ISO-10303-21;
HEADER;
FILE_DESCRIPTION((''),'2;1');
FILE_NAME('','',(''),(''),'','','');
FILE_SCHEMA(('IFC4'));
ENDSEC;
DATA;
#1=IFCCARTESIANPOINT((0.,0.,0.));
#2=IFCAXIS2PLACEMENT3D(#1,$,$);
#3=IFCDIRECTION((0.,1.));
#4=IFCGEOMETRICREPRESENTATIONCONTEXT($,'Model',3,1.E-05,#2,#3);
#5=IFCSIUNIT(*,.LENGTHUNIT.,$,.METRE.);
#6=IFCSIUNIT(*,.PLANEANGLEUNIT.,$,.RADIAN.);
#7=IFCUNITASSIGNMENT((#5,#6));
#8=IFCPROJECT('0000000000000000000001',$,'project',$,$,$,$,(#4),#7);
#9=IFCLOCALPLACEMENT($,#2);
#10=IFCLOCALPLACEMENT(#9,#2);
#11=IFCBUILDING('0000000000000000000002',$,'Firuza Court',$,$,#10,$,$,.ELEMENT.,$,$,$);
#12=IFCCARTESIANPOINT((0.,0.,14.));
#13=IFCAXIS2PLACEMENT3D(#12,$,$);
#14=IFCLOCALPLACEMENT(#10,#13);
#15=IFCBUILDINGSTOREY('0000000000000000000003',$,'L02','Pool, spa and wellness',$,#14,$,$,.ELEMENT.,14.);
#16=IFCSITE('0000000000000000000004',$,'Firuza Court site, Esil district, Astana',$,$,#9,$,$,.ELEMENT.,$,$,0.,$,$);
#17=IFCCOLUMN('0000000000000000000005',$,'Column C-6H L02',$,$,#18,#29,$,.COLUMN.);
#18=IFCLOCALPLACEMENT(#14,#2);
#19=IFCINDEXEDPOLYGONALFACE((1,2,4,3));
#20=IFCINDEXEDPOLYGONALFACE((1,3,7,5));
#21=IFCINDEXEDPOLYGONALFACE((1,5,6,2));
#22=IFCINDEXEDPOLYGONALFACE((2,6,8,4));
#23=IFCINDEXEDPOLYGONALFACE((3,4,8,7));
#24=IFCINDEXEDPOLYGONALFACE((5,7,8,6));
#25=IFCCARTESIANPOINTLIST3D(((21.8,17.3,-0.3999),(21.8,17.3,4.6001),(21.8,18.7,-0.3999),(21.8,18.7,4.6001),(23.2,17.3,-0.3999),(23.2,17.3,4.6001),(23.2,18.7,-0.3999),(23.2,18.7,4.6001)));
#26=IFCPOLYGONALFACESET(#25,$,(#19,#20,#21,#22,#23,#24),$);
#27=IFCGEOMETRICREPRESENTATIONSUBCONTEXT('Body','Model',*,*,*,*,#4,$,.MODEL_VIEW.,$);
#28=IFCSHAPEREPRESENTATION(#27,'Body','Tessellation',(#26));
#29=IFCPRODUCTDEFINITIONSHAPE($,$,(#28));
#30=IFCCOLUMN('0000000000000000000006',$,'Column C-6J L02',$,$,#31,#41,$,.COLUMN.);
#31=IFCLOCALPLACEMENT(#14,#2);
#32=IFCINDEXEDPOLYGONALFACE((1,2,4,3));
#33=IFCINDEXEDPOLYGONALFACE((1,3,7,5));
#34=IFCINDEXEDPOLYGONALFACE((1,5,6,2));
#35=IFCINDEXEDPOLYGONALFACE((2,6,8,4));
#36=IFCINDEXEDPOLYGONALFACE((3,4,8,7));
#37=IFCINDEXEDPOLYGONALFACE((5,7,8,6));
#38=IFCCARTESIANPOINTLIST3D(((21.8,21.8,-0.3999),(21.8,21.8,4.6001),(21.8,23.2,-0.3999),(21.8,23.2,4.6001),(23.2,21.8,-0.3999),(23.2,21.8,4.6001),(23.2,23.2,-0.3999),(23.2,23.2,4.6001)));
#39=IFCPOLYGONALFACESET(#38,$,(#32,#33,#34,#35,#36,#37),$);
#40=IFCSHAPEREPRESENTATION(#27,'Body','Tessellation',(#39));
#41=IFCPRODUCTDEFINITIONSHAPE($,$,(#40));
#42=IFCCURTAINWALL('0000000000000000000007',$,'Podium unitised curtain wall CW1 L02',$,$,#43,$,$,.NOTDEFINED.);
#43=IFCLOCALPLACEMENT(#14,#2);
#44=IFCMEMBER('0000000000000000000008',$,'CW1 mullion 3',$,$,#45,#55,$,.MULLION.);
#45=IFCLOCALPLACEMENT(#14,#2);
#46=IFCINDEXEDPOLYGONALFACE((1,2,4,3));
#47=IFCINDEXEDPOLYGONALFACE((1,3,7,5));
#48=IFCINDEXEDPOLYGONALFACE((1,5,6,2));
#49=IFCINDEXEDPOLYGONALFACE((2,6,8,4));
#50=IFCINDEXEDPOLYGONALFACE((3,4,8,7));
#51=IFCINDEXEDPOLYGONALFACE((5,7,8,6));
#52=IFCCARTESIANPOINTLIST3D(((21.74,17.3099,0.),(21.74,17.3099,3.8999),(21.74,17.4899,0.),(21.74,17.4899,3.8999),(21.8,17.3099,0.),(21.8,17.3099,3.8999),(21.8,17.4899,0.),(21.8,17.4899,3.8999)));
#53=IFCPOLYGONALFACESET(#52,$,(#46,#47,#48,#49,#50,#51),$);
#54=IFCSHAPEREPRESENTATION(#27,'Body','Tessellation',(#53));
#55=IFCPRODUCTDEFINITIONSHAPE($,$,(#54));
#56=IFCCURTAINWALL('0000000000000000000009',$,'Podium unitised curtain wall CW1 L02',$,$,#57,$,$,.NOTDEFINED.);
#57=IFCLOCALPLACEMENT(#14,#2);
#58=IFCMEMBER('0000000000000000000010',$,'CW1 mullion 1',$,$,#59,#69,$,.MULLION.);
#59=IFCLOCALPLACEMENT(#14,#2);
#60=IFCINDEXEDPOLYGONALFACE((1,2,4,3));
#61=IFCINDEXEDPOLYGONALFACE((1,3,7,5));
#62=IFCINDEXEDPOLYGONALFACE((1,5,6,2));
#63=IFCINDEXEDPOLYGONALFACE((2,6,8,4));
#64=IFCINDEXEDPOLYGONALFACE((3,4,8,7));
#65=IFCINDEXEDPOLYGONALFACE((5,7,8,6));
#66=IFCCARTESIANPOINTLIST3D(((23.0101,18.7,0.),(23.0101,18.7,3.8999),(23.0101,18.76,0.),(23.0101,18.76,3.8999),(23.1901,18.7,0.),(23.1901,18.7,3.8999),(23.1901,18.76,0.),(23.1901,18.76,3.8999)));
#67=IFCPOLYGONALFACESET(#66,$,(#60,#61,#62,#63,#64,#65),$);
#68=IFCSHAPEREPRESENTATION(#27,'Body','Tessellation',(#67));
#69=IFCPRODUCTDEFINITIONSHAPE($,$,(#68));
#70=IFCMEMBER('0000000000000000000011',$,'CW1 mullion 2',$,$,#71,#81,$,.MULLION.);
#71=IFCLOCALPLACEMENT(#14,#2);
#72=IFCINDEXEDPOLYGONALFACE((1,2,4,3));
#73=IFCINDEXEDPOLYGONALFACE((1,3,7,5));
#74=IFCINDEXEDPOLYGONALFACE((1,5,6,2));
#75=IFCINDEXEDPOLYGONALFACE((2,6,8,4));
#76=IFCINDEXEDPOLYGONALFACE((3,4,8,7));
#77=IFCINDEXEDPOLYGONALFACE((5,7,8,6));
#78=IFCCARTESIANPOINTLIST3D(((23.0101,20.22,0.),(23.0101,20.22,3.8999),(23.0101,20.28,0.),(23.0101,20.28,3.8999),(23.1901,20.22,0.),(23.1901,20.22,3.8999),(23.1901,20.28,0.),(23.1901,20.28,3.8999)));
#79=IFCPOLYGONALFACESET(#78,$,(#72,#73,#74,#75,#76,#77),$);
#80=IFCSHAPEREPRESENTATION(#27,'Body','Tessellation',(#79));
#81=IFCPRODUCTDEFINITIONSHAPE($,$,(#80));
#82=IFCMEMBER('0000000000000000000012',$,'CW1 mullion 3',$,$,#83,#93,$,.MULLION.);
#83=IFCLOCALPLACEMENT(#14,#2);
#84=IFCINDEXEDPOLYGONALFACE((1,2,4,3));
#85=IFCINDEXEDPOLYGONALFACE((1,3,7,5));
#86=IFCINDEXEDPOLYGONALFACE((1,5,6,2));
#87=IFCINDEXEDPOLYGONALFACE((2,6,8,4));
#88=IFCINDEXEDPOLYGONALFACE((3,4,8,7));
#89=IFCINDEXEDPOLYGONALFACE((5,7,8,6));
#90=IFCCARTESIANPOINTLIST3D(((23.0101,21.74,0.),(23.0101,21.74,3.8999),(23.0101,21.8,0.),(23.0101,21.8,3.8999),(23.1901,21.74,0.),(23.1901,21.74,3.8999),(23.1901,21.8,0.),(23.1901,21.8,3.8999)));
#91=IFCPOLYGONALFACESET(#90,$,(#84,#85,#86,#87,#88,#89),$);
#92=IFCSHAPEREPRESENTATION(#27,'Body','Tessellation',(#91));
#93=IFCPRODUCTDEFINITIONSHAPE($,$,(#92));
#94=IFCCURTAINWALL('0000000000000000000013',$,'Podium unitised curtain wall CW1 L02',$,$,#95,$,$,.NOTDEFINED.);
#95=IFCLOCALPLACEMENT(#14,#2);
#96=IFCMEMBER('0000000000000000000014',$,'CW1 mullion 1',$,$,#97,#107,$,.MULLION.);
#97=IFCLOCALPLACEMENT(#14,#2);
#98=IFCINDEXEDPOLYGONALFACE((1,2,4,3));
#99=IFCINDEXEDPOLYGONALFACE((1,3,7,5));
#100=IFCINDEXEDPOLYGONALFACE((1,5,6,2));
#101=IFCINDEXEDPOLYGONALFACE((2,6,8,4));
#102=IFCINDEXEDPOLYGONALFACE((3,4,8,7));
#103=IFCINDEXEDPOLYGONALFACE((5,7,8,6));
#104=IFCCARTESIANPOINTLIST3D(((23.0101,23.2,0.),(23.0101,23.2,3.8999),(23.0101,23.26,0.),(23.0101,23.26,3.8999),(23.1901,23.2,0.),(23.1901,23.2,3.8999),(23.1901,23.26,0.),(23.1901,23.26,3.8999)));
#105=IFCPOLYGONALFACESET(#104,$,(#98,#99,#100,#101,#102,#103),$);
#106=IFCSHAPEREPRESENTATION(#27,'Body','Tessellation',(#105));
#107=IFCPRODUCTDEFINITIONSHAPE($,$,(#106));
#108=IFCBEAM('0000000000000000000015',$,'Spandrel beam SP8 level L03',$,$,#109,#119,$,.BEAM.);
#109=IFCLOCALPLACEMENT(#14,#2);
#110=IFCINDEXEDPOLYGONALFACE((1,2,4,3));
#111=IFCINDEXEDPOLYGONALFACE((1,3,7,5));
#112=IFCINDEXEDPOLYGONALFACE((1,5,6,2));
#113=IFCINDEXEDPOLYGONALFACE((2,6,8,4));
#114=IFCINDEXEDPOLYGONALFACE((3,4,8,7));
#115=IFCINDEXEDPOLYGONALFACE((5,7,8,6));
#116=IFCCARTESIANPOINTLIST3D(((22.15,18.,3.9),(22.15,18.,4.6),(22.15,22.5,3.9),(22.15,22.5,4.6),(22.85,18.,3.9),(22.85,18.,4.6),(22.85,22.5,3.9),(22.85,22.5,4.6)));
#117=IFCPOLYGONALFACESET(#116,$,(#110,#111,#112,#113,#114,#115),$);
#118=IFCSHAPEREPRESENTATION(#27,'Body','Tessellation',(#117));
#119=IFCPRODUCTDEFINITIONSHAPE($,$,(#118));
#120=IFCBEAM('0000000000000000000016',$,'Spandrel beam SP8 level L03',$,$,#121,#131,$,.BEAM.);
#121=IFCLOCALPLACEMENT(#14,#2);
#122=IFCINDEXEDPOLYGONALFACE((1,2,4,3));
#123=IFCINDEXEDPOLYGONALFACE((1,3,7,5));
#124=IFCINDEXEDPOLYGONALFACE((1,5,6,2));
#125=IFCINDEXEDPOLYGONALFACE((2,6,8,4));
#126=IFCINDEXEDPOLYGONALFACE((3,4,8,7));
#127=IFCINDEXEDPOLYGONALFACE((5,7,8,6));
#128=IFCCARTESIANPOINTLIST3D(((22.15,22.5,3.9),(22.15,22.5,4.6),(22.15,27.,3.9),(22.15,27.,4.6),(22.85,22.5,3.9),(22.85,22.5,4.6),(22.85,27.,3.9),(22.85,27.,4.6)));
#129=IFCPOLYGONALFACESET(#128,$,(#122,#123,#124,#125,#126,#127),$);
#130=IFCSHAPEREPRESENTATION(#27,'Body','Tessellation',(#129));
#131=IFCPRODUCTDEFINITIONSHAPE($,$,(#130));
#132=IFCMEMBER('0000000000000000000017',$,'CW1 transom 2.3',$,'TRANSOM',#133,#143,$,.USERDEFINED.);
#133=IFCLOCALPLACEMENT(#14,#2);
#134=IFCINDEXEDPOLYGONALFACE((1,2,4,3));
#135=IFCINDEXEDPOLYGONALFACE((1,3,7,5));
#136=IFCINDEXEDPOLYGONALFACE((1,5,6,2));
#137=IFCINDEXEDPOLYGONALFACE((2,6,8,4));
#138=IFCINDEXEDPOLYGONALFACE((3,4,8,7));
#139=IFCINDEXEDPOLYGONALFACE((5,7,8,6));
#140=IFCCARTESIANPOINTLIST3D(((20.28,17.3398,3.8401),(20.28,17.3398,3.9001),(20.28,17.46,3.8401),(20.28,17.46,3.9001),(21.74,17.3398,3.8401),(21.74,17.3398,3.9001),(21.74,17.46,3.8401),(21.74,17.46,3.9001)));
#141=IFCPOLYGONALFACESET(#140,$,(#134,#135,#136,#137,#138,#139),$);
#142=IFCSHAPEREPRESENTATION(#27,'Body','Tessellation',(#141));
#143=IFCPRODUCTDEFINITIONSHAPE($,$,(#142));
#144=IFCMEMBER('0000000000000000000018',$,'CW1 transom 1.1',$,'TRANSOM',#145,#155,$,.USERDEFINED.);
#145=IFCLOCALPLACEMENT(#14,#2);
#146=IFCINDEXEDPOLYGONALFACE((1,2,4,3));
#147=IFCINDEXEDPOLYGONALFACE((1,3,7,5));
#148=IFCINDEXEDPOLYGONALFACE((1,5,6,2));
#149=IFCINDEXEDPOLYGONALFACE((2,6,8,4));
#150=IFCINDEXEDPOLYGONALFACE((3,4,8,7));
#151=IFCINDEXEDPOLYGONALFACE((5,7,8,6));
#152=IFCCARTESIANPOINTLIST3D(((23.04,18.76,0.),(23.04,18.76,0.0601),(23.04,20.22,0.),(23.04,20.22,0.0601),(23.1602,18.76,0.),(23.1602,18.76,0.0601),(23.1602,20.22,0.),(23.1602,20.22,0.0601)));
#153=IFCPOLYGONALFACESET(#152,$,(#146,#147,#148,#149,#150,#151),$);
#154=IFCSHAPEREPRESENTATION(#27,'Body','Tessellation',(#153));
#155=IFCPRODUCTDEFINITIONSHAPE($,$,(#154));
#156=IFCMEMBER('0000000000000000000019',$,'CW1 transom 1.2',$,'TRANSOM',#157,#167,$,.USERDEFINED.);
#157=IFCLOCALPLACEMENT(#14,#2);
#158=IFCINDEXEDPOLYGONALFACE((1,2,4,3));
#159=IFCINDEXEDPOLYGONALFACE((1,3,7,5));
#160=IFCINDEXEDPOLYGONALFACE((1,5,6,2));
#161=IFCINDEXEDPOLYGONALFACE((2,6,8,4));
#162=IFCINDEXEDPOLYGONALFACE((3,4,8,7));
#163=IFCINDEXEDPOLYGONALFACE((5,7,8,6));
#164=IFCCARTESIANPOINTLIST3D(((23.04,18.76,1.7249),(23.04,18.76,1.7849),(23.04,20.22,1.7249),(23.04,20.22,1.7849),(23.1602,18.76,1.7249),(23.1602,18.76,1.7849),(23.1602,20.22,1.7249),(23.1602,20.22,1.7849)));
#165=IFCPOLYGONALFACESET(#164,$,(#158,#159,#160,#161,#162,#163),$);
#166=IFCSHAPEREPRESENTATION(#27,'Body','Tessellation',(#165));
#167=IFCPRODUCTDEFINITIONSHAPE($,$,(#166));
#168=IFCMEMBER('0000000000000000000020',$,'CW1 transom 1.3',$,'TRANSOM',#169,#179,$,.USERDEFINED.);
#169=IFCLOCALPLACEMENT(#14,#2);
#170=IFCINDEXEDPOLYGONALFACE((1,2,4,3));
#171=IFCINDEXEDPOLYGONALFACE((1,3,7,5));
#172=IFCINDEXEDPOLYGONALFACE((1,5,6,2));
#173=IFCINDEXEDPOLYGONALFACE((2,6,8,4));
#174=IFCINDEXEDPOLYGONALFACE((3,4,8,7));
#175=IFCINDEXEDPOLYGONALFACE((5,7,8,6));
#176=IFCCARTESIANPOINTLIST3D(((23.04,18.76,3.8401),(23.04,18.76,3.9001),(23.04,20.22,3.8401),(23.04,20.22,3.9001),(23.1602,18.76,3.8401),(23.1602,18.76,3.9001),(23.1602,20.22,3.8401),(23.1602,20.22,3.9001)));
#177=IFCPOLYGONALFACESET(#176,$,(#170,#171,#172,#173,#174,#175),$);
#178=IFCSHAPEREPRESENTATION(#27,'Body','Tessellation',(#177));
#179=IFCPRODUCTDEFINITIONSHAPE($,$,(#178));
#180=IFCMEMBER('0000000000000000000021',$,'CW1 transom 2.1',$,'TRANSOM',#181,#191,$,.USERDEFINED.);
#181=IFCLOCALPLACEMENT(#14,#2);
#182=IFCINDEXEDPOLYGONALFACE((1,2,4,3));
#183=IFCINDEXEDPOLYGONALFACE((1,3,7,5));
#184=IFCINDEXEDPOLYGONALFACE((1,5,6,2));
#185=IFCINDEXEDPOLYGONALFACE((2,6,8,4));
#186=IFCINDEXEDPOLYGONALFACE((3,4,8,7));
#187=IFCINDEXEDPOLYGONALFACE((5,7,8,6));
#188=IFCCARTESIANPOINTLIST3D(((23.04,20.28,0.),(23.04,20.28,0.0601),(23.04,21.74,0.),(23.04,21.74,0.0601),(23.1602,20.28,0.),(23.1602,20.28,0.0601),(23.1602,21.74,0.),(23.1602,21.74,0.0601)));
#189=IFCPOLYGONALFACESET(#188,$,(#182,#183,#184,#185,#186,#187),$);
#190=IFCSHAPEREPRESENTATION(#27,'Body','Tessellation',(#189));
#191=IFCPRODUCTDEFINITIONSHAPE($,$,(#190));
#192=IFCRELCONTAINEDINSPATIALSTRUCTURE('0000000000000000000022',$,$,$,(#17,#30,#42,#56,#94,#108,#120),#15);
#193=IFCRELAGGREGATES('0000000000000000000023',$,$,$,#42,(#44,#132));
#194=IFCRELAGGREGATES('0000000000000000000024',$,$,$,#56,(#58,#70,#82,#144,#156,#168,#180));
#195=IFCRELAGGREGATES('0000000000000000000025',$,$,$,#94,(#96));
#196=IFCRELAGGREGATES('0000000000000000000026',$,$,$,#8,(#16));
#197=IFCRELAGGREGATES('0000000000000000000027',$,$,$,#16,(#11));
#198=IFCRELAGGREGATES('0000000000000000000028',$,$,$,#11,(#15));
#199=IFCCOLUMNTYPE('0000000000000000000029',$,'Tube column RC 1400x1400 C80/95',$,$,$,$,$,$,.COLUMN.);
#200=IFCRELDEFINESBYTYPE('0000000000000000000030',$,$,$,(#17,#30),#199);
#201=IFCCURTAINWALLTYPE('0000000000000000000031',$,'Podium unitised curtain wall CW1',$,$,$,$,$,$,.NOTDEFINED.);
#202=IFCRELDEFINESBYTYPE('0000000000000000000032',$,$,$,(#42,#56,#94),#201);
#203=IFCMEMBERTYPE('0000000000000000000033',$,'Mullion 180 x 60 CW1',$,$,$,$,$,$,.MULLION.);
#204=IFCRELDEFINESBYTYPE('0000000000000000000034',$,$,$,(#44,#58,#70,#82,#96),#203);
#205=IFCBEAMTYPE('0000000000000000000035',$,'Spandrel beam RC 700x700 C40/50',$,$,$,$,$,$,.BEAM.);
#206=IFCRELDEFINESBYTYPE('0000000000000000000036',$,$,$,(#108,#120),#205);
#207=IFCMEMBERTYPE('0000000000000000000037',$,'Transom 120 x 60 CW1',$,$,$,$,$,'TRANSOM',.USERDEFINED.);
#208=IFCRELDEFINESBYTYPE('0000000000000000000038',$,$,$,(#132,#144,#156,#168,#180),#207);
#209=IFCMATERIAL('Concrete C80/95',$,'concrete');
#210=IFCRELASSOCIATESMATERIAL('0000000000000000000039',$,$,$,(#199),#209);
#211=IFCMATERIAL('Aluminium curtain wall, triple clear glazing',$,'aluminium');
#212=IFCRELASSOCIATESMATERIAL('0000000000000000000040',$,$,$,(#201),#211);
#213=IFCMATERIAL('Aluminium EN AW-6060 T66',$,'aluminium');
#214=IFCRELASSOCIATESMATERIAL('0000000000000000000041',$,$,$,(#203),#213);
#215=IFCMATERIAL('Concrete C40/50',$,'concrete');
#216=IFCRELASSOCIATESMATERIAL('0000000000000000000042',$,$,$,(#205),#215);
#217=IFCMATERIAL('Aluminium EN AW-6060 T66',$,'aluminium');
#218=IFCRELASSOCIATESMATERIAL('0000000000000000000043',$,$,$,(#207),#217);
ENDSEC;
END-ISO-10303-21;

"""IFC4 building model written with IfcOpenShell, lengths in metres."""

from ifc_helpers import new_model, si_unit, direction, frame, origin, origin_2d, place, context, subcontext, project, spatial, rectangle, extrude, material, material_profile, profile_set, type_object, element, aggregate, save


model = new_model("IFC4")

# Units and contexts
model_context = context("Model", 3, precision=1e-05, world=origin(), true_north=direction((0.0, 1.0)))
body_context = subcontext(model_context, "Body", "Model", "MODEL_VIEW")
ifc_project = project(units=[si_unit("LENGTHUNIT", "METRE"), si_unit("PLANEANGLEUNIT", "RADIAN")], contexts=[model_context])

# Site, building, storey
site_placement = place(None, origin())
site = spatial("IfcSite", under=ifc_project, at=site_placement, Name="Firuza Court site, Esil district, Astana", CompositionType="ELEMENT", RefElevation=0.0)
building_placement = place(site_placement, origin())
building = spatial("IfcBuilding", under=site, at=building_placement, Name="Firuza Court", CompositionType="ELEMENT")
storey_placement = place(building_placement, frame((0.0, 0.0, 14.0)))
storey = spatial("IfcBuildingStorey", under=building, at=storey_placement, Name="L02", Description="Pool, spa and wellness", CompositionType="ELEMENT", Elevation=14.0)

# Columns
ifc_material_1 = material(Name="Concrete C80/95", Category="concrete")
ifc_material_profile_1 = material_profile(ifc_material_1, rectangle(XDim=1.3999, YDim=1.3999, at=origin_2d()), Name="RC 1400x1400")
ifc_profile_set_1 = profile_set([ifc_material_profile_1], Name="Concrete C80/95")
column_type = type_object("IfcColumnType", Name="Tube column RC 1400x1400 C80/95", PredefinedType="COLUMN", material=ifc_profile_set_1)
for number, where, z_axis, x_axis, name in (
    (1, (22.5, 18.0, -0.3999), (0.0, 0.0, 1.0), (1.0, 0.0, 0.0), "Column C-6H L02"),
    (2, (22.5, 22.5, -0.3999), (0.0, 0.0, 1.0), (1.0, 0.0, 0.0), "Column C-6J L02"),
):
    element("IfcColumn", number, at=place(storey_placement, frame(where, z_axis=z_axis, x_axis=x_axis)), inside=storey, type_object=column_type, Name=name, PredefinedType="COLUMN", context=body_context, shape_type="SweptSolid", body=[
        extrude(rectangle(XDim=1.3999, YDim=1.3999, at=origin_2d()), origin(), (0.0, 0.0, 1.0), 5.0),
    ])

# Curtain wall, member
ifc_material_2 = material(Name="Aluminium curtain wall, triple clear glazing", Category="aluminium")
curtain_wall_type = type_object("IfcCurtainWallType", Name="Podium unitised curtain wall CW1", PredefinedType="NOTDEFINED", material=ifc_material_2)
curtain_wall_1_placement = place(storey_placement, origin())
curtain_wall_1 = element("IfcCurtainWall", 3, at=curtain_wall_1_placement, inside=storey, type_object=curtain_wall_type, Name="Podium unitised curtain wall CW1 L02", PredefinedType="NOTDEFINED")
ifc_material_3 = material(Name="Aluminium EN AW-6060 T66", Category="aluminium")
ifc_material_profile_2 = material_profile(ifc_material_3, rectangle(XDim=0.1799, YDim=0.0601, at=origin_2d()), Name="Mullion 180 x 60 CW1")
ifc_profile_set_2 = profile_set([ifc_material_profile_2], Name="Aluminium EN AW-6060 T66")
member_type_1 = type_object("IfcMemberType", Name="Mullion 180 x 60 CW1", PredefinedType="MULLION", material=ifc_profile_set_2)
member_1_placement = place(storey_placement, frame((21.77, 17.3999, 0.0), z_axis=(0.0, 0.0, 1.0), x_axis=(0.0, 1.0, 0.0)))
member_1 = element("IfcMember", 4, at=member_1_placement, type_object=member_type_1, Name="CW1 mullion 3", PredefinedType="MULLION", context=body_context, shape_type="SweptSolid", body=[
    extrude(rectangle(XDim=0.1799, YDim=0.0601, at=origin_2d()), origin(), (0.0, 0.0, 1.0), 3.8999),
])

# Curtain wall, members
curtain_wall_2_placement = place(storey_placement, origin())
curtain_wall_2 = element("IfcCurtainWall", 5, at=curtain_wall_2_placement, inside=storey, type_object=curtain_wall_type, Name="Podium unitised curtain wall CW1 L02", PredefinedType="NOTDEFINED")
member_2_placement = place(storey_placement, frame((23.1001, 18.73, 0.0), z_axis=(0.0, 0.0, 1.0), x_axis=(-1.0, 0.0, 0.0)))
member_2 = element("IfcMember", 6, at=member_2_placement, type_object=member_type_1, Name="CW1 mullion 1", PredefinedType="MULLION", context=body_context, shape_type="SweptSolid", body=[
    extrude(rectangle(XDim=0.1799, YDim=0.0601, at=origin_2d()), origin(), (0.0, 0.0, 1.0), 3.8999),
])
member_3_placement = place(storey_placement, frame((23.1001, 20.25, 0.0), z_axis=(0.0, 0.0, 1.0), x_axis=(-1.0, 0.0, 0.0)))
member_3 = element("IfcMember", 7, at=member_3_placement, type_object=member_type_1, Name="CW1 mullion 2", PredefinedType="MULLION", context=body_context, shape_type="SweptSolid", body=[
    extrude(rectangle(XDim=0.1799, YDim=0.0601, at=origin_2d()), origin(), (0.0, 0.0, 1.0), 3.8999),
])
member_4_placement = place(storey_placement, frame((23.1001, 21.77, 0.0), z_axis=(0.0, 0.0, 1.0), x_axis=(-1.0, 0.0, 0.0)))
member_4 = element("IfcMember", 8, at=member_4_placement, type_object=member_type_1, Name="CW1 mullion 3", PredefinedType="MULLION", context=body_context, shape_type="SweptSolid", body=[
    extrude(rectangle(XDim=0.1799, YDim=0.0601, at=origin_2d()), origin(), (0.0, 0.0, 1.0), 3.8999),
])

# Curtain wall, member
curtain_wall_3_placement = place(storey_placement, origin())
curtain_wall_3 = element("IfcCurtainWall", 9, at=curtain_wall_3_placement, inside=storey, type_object=curtain_wall_type, Name="Podium unitised curtain wall CW1 L02", PredefinedType="NOTDEFINED")
member_5_placement = place(storey_placement, frame((23.1001, 23.23, 0.0), z_axis=(0.0, 0.0, 1.0), x_axis=(-1.0, 0.0, 0.0)))
member_5 = element("IfcMember", 10, at=member_5_placement, type_object=member_type_1, Name="CW1 mullion 1", PredefinedType="MULLION", context=body_context, shape_type="SweptSolid", body=[
    extrude(rectangle(XDim=0.1799, YDim=0.0601, at=origin_2d()), origin(), (0.0, 0.0, 1.0), 3.8999),
])

# Beams
ifc_material_4 = material(Name="Concrete C40/50", Category="concrete")
ifc_material_profile_3 = material_profile(ifc_material_4, rectangle(XDim=0.7, YDim=0.7, at=origin_2d()), Name="RC 700x700")
ifc_profile_set_3 = profile_set([ifc_material_profile_3], Name="Concrete C40/50")
beam_type = type_object("IfcBeamType", Name="Spandrel beam RC 700x700 C40/50", PredefinedType="BEAM", material=ifc_profile_set_3)
for number, where, z_axis, x_axis, name in (
    (11, (22.5, 18.0, 4.25), (0.0, 1.0, 0.0), (-1.0, 0.0, 0.0), "Spandrel beam SP8 level L03"),
    (12, (22.5, 22.5, 4.25), (0.0, 1.0, 0.0), (-1.0, 0.0, 0.0), "Spandrel beam SP8 level L03"),
):
    element("IfcBeam", number, at=place(storey_placement, frame(where, z_axis=z_axis, x_axis=x_axis)), inside=storey, type_object=beam_type, Name=name, PredefinedType="BEAM", context=body_context, shape_type="SweptSolid", body=[
        extrude(rectangle(XDim=0.7, YDim=0.7, at=origin_2d()), origin(), (0.0, 0.0, 1.0), 4.5),
    ])

# Members
ifc_material_5 = material(Name="Aluminium EN AW-6060 T66", Category="aluminium")
ifc_material_profile_4 = material_profile(ifc_material_5, rectangle(XDim=0.1201, YDim=0.0601, at=origin_2d()), Name="Transom 120 x 60 CW1")
ifc_profile_set_4 = profile_set([ifc_material_profile_4], Name="Aluminium EN AW-6060 T66")
member_type_2 = type_object("IfcMemberType", Name="Transom 120 x 60 CW1", ElementType="TRANSOM", PredefinedType="USERDEFINED", material=ifc_profile_set_4)
member_6_placement = place(storey_placement, frame((20.28, 17.3999, 3.8701), z_axis=(1.0, 0.0, 0.0), x_axis=(0.0, 1.0, 0.0)))
member_6 = element("IfcMember", 13, at=member_6_placement, type_object=member_type_2, Name="CW1 transom 2.3", ObjectType="TRANSOM", PredefinedType="USERDEFINED", context=body_context, shape_type="SweptSolid", body=[
    extrude(rectangle(XDim=0.1201, YDim=0.0601, at=origin_2d()), origin(), (0.0, 0.0, 1.0), 1.46),
])
member_7_placement = place(storey_placement, frame((23.1001, 18.76, 0.03), z_axis=(0.0, 1.0, 0.0), x_axis=(-1.0, 0.0, 0.0)))
member_7 = element("IfcMember", 14, at=member_7_placement, type_object=member_type_2, Name="CW1 transom 1.1", ObjectType="TRANSOM", PredefinedType="USERDEFINED", context=body_context, shape_type="SweptSolid", body=[
    extrude(rectangle(XDim=0.1201, YDim=0.0601, at=origin_2d()), origin(), (0.0, 0.0, 1.0), 1.46),
])
member_8_placement = place(storey_placement, frame((23.1001, 18.76, 1.7549), z_axis=(0.0, 1.0, 0.0), x_axis=(-1.0, 0.0, 0.0)))
member_8 = element("IfcMember", 15, at=member_8_placement, type_object=member_type_2, Name="CW1 transom 1.2", ObjectType="TRANSOM", PredefinedType="USERDEFINED", context=body_context, shape_type="SweptSolid", body=[
    extrude(rectangle(XDim=0.1201, YDim=0.0601, at=origin_2d()), origin(), (0.0, 0.0, 1.0), 1.46),
])
member_9_placement = place(storey_placement, frame((23.1001, 18.76, 3.8701), z_axis=(0.0, 1.0, 0.0), x_axis=(-1.0, 0.0, 0.0)))
member_9 = element("IfcMember", 16, at=member_9_placement, type_object=member_type_2, Name="CW1 transom 1.3", ObjectType="TRANSOM", PredefinedType="USERDEFINED", context=body_context, shape_type="SweptSolid", body=[
    extrude(rectangle(XDim=0.1201, YDim=0.0601, at=origin_2d()), origin(), (0.0, 0.0, 1.0), 1.46),
])
member_10_placement = place(storey_placement, frame((23.1001, 20.28, 0.03), z_axis=(0.0, 1.0, 0.0), x_axis=(-1.0, 0.0, 0.0)))
member_10 = element("IfcMember", 17, at=member_10_placement, type_object=member_type_2, Name="CW1 transom 2.1", ObjectType="TRANSOM", PredefinedType="USERDEFINED", context=body_context, shape_type="SweptSolid", body=[
    extrude(rectangle(XDim=0.1201, YDim=0.0601, at=origin_2d()), origin(), (0.0, 0.0, 1.0), 1.46),
])

aggregate(curtain_wall_1, [member_1, member_6])
aggregate(curtain_wall_2, [member_2, member_3, member_4, member_7, member_8, member_9, member_10])
aggregate(curtain_wall_3, [member_5])

save(model, "model.ifc")
